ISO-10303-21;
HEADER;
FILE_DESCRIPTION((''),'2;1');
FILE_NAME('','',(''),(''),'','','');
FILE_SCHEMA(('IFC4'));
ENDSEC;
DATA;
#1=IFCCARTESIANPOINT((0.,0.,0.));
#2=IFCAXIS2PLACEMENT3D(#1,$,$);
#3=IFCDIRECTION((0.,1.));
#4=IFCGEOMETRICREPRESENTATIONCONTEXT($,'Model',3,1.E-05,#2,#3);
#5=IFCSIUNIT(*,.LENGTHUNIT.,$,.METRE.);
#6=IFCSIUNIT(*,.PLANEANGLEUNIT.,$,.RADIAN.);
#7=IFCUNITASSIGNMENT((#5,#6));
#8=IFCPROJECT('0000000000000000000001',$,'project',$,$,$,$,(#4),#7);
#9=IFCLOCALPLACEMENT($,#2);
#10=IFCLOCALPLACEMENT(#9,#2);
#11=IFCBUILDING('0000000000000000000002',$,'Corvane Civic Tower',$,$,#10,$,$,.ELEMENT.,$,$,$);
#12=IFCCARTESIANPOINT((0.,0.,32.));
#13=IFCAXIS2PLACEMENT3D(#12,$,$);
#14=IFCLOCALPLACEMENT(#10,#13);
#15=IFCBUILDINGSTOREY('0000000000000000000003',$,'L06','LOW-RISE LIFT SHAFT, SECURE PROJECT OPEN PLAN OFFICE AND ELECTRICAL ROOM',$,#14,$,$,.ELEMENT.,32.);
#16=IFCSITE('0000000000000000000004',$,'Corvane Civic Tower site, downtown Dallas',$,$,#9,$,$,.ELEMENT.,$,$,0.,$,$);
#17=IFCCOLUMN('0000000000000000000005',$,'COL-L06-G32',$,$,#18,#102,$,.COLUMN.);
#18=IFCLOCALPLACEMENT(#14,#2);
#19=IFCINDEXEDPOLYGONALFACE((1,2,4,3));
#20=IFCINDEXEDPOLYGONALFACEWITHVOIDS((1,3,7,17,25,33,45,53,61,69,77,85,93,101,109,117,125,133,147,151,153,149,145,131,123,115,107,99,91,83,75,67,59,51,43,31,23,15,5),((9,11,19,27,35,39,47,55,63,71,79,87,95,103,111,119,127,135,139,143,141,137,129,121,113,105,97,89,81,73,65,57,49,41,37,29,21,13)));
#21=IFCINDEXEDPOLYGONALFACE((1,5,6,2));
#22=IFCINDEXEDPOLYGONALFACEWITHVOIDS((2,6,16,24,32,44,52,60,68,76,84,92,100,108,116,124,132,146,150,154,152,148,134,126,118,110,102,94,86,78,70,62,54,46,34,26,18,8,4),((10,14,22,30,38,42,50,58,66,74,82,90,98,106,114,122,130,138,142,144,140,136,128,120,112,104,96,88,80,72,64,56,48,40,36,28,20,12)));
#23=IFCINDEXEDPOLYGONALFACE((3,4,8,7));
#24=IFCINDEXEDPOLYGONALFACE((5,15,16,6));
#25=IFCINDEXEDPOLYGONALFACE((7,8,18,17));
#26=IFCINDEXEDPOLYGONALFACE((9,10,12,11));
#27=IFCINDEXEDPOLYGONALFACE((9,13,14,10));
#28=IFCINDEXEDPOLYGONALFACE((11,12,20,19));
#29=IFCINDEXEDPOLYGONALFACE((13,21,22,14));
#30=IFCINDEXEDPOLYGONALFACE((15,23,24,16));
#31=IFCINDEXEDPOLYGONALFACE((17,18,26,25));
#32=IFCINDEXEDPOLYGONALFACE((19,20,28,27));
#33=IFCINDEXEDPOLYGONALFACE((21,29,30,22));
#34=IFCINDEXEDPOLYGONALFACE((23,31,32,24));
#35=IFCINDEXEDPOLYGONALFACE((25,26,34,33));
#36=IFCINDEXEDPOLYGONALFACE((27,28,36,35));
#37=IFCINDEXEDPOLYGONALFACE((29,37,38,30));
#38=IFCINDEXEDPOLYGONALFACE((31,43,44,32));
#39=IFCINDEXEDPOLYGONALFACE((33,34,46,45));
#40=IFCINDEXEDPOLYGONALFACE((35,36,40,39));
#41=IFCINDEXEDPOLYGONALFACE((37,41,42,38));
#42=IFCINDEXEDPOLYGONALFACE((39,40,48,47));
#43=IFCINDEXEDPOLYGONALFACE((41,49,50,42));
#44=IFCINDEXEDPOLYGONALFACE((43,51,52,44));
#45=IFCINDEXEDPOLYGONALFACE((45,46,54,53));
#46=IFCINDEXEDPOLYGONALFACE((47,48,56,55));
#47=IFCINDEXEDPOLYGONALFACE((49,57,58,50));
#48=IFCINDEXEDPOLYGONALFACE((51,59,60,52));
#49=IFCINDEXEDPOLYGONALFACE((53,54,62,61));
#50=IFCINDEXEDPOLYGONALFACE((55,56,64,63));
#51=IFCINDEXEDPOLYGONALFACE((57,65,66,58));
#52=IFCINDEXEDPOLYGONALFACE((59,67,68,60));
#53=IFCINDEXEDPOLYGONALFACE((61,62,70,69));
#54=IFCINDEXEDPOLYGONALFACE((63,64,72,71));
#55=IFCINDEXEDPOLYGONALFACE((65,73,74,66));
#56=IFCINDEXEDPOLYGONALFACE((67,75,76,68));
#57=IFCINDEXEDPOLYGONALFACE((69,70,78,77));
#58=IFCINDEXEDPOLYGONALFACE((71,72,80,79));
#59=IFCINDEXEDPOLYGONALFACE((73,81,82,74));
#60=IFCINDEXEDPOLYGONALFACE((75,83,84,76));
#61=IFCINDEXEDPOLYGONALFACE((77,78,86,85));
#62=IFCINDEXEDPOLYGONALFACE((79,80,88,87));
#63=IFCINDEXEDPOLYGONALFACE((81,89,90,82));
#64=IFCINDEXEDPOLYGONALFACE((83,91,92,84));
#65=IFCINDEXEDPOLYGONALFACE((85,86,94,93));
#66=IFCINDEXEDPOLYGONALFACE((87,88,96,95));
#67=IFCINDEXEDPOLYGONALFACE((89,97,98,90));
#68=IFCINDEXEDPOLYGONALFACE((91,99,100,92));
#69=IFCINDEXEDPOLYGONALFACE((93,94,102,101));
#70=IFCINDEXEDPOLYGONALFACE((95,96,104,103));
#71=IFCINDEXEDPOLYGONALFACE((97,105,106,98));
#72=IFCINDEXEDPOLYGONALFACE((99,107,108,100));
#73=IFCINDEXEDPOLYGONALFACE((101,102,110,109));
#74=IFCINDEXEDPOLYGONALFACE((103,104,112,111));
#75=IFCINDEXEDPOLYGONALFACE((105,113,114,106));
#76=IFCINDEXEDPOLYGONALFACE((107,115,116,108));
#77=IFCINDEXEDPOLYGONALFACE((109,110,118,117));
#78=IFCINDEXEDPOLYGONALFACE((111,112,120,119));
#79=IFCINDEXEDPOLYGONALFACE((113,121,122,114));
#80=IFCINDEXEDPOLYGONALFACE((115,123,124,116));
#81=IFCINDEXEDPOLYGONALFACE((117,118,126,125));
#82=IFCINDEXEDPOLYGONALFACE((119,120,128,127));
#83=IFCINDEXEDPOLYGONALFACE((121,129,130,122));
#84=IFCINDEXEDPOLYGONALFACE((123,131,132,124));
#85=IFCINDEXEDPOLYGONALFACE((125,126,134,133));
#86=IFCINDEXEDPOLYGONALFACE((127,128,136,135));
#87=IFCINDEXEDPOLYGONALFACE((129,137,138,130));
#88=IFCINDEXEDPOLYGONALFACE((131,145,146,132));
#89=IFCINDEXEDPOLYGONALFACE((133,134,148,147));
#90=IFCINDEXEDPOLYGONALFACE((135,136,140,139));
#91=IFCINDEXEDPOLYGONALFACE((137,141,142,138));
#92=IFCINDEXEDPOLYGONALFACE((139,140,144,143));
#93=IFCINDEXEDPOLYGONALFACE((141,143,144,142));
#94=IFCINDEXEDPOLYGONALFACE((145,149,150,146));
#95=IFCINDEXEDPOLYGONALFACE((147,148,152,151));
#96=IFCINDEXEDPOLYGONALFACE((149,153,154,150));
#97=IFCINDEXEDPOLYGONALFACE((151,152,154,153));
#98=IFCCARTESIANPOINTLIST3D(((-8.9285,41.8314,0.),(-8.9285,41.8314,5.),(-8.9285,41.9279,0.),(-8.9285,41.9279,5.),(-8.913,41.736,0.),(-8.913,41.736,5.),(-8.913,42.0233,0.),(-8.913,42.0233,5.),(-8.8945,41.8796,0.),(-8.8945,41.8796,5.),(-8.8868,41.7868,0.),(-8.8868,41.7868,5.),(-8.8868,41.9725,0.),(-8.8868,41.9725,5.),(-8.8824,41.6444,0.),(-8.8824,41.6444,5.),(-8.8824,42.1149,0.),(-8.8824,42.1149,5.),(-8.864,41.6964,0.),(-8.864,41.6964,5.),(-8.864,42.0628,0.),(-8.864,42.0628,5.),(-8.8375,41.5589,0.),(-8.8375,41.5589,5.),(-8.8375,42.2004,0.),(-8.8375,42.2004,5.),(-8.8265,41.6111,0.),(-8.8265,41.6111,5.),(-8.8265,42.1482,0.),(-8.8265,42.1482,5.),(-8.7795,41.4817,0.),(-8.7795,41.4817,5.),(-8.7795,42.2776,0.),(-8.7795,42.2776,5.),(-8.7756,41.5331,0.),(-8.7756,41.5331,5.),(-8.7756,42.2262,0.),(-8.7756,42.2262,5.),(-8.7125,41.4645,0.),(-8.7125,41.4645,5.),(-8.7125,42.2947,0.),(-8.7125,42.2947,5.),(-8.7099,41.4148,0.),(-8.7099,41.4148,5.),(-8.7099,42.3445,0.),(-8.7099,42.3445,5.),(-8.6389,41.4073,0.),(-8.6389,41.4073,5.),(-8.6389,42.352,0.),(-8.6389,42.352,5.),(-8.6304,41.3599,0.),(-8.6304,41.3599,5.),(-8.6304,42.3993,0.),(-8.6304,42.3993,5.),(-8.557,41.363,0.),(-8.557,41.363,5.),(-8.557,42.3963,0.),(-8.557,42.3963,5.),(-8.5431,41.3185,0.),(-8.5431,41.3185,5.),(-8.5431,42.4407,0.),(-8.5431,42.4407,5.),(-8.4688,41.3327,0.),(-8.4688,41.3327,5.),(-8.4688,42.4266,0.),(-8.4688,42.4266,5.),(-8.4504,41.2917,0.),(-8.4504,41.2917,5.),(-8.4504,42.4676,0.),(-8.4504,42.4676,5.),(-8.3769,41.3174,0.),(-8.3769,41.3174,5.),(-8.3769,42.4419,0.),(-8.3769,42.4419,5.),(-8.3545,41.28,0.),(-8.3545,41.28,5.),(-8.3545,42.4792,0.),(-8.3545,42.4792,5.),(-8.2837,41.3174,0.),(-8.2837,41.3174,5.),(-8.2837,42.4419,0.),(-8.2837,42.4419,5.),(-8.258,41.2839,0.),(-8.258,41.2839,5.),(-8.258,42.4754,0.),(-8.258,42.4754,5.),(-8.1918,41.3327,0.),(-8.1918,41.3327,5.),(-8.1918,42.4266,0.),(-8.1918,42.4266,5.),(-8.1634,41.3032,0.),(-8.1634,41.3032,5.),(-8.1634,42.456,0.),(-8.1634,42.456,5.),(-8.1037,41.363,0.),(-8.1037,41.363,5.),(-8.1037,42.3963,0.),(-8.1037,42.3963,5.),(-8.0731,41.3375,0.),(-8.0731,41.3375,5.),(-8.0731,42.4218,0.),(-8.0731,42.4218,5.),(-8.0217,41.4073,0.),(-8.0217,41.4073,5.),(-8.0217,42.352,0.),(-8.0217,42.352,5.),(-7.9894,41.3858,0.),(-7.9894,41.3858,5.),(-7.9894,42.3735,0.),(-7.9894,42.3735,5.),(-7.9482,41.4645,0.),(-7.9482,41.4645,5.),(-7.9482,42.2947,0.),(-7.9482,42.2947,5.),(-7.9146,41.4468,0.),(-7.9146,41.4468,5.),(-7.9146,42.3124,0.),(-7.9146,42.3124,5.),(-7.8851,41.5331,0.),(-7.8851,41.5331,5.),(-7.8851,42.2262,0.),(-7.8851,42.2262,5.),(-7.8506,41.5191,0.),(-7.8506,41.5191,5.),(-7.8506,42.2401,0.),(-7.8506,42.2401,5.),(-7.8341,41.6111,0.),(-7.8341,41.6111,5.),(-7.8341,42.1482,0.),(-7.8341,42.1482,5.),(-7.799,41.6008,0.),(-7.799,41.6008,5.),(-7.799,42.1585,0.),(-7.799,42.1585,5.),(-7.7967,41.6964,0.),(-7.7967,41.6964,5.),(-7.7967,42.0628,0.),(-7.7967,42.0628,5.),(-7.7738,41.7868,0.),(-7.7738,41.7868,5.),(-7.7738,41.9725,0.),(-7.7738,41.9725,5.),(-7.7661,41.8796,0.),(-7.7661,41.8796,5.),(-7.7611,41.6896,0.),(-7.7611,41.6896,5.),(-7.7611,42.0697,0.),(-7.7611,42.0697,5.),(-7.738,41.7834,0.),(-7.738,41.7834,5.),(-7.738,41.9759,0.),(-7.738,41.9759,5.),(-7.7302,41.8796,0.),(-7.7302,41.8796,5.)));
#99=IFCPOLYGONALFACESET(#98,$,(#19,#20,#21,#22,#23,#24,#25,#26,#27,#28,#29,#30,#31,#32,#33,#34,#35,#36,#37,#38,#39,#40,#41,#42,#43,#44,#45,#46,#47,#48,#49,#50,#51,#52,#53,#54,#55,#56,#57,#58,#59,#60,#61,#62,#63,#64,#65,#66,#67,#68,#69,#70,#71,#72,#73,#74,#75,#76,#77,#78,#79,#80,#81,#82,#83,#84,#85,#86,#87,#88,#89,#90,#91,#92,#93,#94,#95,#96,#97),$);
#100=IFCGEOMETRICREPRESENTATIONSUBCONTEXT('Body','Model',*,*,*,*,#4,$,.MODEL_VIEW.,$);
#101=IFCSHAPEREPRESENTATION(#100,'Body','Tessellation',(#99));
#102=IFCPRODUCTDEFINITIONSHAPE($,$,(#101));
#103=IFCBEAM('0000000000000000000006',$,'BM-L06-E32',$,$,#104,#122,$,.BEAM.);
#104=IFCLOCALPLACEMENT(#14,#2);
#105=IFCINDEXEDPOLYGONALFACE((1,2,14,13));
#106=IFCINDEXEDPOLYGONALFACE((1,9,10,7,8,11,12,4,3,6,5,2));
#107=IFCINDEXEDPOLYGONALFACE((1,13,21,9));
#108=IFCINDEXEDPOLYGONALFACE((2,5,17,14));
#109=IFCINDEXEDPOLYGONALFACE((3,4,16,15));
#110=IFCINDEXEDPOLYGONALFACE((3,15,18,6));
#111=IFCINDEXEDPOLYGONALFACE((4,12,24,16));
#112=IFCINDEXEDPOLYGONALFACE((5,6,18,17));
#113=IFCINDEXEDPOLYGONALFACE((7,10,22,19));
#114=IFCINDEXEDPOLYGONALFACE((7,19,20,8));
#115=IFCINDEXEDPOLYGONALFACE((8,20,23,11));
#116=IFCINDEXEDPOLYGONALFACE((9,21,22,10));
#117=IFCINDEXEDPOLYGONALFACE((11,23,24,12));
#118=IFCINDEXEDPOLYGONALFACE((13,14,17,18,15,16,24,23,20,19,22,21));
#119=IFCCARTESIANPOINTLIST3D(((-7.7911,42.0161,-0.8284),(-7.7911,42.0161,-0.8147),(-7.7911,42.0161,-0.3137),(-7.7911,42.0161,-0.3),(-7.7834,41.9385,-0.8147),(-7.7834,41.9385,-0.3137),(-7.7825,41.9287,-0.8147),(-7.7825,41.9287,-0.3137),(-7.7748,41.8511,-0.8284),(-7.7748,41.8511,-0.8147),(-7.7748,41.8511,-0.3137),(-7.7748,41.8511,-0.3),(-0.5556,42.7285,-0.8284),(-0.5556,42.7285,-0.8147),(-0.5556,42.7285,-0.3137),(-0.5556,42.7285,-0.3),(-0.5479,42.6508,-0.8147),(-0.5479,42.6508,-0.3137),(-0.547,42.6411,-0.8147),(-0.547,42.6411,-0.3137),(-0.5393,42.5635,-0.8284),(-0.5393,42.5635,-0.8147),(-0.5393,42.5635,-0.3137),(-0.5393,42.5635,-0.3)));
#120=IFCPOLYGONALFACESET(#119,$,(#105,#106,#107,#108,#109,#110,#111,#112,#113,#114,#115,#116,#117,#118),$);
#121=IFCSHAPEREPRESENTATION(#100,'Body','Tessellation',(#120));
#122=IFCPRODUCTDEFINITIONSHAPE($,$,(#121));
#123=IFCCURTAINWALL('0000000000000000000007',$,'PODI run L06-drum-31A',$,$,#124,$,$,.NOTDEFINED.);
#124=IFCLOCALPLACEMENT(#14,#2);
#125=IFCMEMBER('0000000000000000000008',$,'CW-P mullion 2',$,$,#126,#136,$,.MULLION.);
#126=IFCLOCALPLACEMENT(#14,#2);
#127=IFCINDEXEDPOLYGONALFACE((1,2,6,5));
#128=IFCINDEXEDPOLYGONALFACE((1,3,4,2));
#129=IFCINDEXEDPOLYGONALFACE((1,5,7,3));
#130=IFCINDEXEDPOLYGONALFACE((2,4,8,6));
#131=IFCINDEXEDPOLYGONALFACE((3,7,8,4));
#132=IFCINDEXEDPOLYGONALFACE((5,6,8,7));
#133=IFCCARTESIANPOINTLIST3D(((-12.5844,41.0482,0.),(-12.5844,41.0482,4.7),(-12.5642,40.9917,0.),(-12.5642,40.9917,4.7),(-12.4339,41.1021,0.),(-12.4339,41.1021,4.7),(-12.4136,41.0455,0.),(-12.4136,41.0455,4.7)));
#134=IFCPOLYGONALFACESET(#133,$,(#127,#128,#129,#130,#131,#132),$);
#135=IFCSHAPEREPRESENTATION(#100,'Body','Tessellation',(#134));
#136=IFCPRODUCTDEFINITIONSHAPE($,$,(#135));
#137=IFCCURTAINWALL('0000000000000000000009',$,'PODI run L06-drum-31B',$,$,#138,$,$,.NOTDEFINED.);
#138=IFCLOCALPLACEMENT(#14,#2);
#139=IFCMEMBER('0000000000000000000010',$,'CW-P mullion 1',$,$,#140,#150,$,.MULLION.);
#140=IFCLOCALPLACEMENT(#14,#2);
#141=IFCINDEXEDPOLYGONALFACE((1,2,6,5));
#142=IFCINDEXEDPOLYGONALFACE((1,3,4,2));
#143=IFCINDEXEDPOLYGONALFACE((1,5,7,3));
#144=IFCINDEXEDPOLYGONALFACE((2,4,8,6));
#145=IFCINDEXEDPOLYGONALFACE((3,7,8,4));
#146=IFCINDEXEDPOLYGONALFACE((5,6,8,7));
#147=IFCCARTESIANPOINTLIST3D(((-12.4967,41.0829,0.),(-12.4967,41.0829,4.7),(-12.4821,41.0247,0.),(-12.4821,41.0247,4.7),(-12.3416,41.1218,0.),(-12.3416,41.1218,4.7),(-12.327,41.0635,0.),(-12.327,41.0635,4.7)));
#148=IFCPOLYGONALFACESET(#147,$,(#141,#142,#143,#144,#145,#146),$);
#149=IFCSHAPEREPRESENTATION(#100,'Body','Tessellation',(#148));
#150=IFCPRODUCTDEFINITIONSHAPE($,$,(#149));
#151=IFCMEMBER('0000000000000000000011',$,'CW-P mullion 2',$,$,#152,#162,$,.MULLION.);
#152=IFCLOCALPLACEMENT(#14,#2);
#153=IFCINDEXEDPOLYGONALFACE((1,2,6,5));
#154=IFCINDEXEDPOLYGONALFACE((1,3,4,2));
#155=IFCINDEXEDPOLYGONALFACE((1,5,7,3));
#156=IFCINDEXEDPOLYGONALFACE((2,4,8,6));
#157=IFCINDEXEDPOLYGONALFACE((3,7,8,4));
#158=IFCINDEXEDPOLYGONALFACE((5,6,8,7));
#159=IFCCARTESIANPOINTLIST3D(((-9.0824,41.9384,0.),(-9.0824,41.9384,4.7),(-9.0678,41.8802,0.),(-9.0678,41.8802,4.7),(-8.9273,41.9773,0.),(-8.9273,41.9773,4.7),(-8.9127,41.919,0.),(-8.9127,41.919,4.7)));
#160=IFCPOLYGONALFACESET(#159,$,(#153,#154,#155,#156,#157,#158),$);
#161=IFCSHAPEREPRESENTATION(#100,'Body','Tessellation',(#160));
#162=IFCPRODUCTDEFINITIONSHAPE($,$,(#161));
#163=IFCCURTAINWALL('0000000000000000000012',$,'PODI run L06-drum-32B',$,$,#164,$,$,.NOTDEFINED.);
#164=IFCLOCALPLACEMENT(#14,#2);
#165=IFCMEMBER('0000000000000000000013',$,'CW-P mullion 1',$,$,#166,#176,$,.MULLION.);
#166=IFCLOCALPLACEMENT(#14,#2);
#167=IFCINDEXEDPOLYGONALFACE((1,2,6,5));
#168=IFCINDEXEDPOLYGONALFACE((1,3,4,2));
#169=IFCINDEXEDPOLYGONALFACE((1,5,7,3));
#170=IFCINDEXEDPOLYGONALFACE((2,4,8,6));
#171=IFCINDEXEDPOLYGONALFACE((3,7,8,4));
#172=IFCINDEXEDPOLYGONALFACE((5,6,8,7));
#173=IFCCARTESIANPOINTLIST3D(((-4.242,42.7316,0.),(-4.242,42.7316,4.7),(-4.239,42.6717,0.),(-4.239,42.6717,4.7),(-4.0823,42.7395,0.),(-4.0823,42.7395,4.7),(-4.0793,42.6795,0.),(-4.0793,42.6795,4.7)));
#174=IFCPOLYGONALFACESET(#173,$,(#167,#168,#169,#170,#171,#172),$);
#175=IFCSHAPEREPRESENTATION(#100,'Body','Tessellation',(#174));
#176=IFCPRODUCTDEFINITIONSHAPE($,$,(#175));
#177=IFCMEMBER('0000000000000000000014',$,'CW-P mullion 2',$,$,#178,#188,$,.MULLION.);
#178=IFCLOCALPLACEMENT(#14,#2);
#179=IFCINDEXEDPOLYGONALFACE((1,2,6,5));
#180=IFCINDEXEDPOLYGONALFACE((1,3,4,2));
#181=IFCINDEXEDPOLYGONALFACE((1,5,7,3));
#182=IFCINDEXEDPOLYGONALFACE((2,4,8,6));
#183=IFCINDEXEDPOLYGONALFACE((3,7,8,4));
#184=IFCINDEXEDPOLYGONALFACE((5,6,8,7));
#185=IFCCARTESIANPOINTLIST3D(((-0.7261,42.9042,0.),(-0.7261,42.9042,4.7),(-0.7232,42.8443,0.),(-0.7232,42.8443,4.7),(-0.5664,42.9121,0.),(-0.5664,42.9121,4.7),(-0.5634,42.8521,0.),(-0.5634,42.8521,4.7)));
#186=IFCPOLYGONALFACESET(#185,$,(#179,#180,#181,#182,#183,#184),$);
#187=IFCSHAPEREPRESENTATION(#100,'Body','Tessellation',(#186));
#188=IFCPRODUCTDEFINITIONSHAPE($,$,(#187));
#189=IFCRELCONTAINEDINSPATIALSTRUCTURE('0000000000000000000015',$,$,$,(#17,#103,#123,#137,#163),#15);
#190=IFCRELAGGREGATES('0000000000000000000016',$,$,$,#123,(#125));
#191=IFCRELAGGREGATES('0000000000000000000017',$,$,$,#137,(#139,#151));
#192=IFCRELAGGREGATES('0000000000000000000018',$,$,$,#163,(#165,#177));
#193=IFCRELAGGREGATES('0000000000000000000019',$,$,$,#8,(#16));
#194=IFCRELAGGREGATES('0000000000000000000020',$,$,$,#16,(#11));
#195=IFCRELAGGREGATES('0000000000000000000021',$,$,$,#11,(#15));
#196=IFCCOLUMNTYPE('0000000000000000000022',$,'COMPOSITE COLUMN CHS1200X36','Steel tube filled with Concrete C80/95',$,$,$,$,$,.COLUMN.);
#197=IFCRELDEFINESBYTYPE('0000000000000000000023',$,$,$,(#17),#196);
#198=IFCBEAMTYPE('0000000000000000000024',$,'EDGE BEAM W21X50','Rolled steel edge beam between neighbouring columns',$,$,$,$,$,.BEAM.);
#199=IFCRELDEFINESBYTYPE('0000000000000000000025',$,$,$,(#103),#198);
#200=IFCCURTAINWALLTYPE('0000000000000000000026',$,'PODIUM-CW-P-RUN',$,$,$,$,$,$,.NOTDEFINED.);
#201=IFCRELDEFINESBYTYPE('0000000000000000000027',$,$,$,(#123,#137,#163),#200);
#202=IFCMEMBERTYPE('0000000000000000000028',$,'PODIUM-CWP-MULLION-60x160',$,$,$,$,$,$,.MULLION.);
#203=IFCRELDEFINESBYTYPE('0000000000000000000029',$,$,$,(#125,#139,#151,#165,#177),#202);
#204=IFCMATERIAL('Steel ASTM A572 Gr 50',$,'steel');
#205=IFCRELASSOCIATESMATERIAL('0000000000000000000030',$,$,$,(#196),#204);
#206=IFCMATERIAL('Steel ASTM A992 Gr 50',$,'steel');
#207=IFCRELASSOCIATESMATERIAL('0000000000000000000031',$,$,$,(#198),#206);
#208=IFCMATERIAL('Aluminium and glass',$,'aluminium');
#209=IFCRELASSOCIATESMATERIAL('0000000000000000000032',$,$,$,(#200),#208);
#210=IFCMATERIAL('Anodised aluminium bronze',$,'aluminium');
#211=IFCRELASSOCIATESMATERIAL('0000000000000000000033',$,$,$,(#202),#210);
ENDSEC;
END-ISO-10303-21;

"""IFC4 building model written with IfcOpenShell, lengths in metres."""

from ifc_helpers import new_model, si_unit, direction, frame, origin, origin_2d, place, context, subcontext, project, spatial, rectangle, hollow_circle, i_section, extrude, material, material_profile, profile_set, type_object, element, aggregate, save


model = new_model("IFC4")

# Units and contexts
model_context = context("Model", 3, precision=1e-05, world=origin(), true_north=direction((0.0, 1.0)))
body_context = subcontext(model_context, "Body", "Model", "MODEL_VIEW")
ifc_project = project(units=[si_unit("LENGTHUNIT", "METRE"), si_unit("PLANEANGLEUNIT", "RADIAN")], contexts=[model_context])

# Site, building, storey
site_placement = place(None, origin())
site = spatial("IfcSite", under=ifc_project, at=site_placement, Name="Corvane Civic Tower site, downtown Dallas", CompositionType="ELEMENT", RefElevation=0.0)
building_placement = place(site_placement, origin())
building = spatial("IfcBuilding", under=site, at=building_placement, Name="Corvane Civic Tower", CompositionType="ELEMENT")
storey_placement = place(building_placement, frame((0.0, 0.0, 32.0)))
storey = spatial("IfcBuildingStorey", under=building, at=storey_placement, Name="L06", Description="LOW-RISE LIFT SHAFT, SECURE PROJECT OPEN PLAN OFFICE AND ELECTRICAL ROOM", CompositionType="ELEMENT", Elevation=32.0)

# Column
ifc_material_1 = material(Name="Steel ASTM A572 Gr 50", Category="steel")
ifc_material_profile_1 = material_profile(ifc_material_1, hollow_circle(Radius=0.6001, WallThickness=0.0359, at=origin_2d()), Name="CHS1200X36")
ifc_profile_set_1 = profile_set([ifc_material_profile_1], Name="Steel ASTM A572 Gr 50")
column_type = type_object("IfcColumnType", Name="COMPOSITE COLUMN CHS1200X36", Description="Steel tube filled with Concrete C80/95", PredefinedType="COLUMN", material=ifc_profile_set_1)
column_placement = place(storey_placement, frame((-8.3303, 41.8796, 0.0), z_axis=(0.0, 0.0, 1.0), x_axis=(1.0, 0.0, 0.0)))
element("IfcColumn", 1, at=column_placement, inside=storey, type_object=column_type, Name="COL-L06-G32", PredefinedType="COLUMN", context=body_context, shape_type="SweptSolid", body=[
    extrude(hollow_circle(Radius=0.6001, WallThickness=0.0359, at=origin_2d()), origin(), (0.0, 0.0, 1.0), 5.0),
])

# Beam
ifc_material_2 = material(Name="Steel ASTM A992 Gr 50", Category="steel")
ifc_material_profile_2 = material_profile(ifc_material_2, i_section(OverallWidth=0.1658, OverallDepth=0.5283, WebThickness=0.0098, FlangeThickness=0.0137, at=origin_2d()), Name="W21X50")
ifc_profile_set_2 = profile_set([ifc_material_profile_2], Name="Steel ASTM A992 Gr 50")
beam_type = type_object("IfcBeamType", Name="EDGE BEAM W21X50", Description="Rolled steel edge beam between neighbouring columns", PredefinedType="BEAM", material=ifc_profile_set_2)
beam_placement = place(storey_placement, frame((-7.783, 41.9336, -0.5642), z_axis=(0.995188, 0.097984, 0.0), x_axis=(-0.097984, 0.995188, 0.0)))
element("IfcBeam", 2, at=beam_placement, inside=storey, type_object=beam_type, Name="BM-L06-E32", PredefinedType="BEAM", context=body_context, shape_type="SweptSolid", body=[
    extrude(i_section(OverallWidth=0.1658, OverallDepth=0.5283, WebThickness=0.0098, FlangeThickness=0.0137, at=origin_2d()), origin(), (0.0, 0.0, 1.0), 7.2705),
])

# Curtain wall, member
ifc_material_3 = material(Name="Aluminium and glass", Category="aluminium")
curtain_wall_type = type_object("IfcCurtainWallType", Name="PODIUM-CW-P-RUN", PredefinedType="NOTDEFINED", material=ifc_material_3)
curtain_wall_1_placement = place(storey_placement, origin())
curtain_wall_1 = element("IfcCurtainWall", 3, at=curtain_wall_1_placement, inside=storey, type_object=curtain_wall_type, Name="PODI run L06-drum-31A", PredefinedType="NOTDEFINED")
ifc_material_4 = material(Name="Anodised aluminium bronze", Category="aluminium")
ifc_material_profile_3 = material_profile(ifc_material_4, rectangle(XDim=0.0601, YDim=0.1599, at=origin_2d()), Name="AL 60x160")
ifc_profile_set_3 = profile_set([ifc_material_profile_3], Name="Anodised aluminium bronze")
member_type_1 = type_object("IfcMemberType", Name="PODIUM-CWP-MULLION-60x160", PredefinedType="MULLION", material=ifc_profile_set_3)
member_1_placement = place(storey_placement, frame((-12.499, 41.0469, 0.0), z_axis=(0.0, 0.0, 1.0), x_axis=(-0.336919, 0.941534, 0.0)))
member_1 = element("IfcMember", 4, at=member_1_placement, type_object=member_type_1, Name="CW-P mullion 2", PredefinedType="MULLION", context=body_context, shape_type="SweptSolid", body=[
    extrude(rectangle(XDim=0.0601, YDim=0.1599, at=origin_2d()), origin(), (0.0, 0.0, 1.0), 4.7),
])

# Curtain walls, members
curtain_wall_2_placement = place(storey_placement, origin())
curtain_wall_2 = element("IfcCurtainWall", 5, at=curtain_wall_2_placement, inside=storey, type_object=curtain_wall_type, Name="PODI run L06-drum-31B", PredefinedType="NOTDEFINED")
member_2_placement = place(storey_placement, frame((-12.4119, 41.0732, 0.0), z_axis=(0.0, 0.0, 1.0), x_axis=(-0.243009, 0.970024, 0.0)))
member_2 = element("IfcMember", 6, at=member_2_placement, type_object=member_type_1, Name="CW-P mullion 1", PredefinedType="MULLION", context=body_context, shape_type="SweptSolid", body=[
    extrude(rectangle(XDim=0.0601, YDim=0.1599, at=origin_2d()), origin(), (0.0, 0.0, 1.0), 4.7),
])
member_3_placement = place(storey_placement, frame((-8.9976, 41.9287, 0.0), z_axis=(0.0, 0.0, 1.0), x_axis=(-0.243009, 0.970024, 0.0)))
member_3 = element("IfcMember", 7, at=member_3_placement, type_object=member_type_1, Name="CW-P mullion 2", PredefinedType="MULLION", context=body_context, shape_type="SweptSolid", body=[
    extrude(rectangle(XDim=0.0601, YDim=0.1599, at=origin_2d()), origin(), (0.0, 0.0, 1.0), 4.7),
])
curtain_wall_3_placement = place(storey_placement, origin())
curtain_wall_3 = element("IfcCurtainWall", 8, at=curtain_wall_3_placement, inside=storey, type_object=curtain_wall_type, Name="PODI run L06-drum-32B", PredefinedType="NOTDEFINED")
member_4_placement = place(storey_placement, frame((-4.1606, 42.7056, 0.0), z_axis=(0.0, 0.0, 1.0), x_axis=(-0.04905, 0.998796, 0.0)))
member_4 = element("IfcMember", 9, at=member_4_placement, type_object=member_type_1, Name="CW-P mullion 1", PredefinedType="MULLION", context=body_context, shape_type="SweptSolid", body=[
    extrude(rectangle(XDim=0.0601, YDim=0.1599, at=origin_2d()), origin(), (0.0, 0.0, 1.0), 4.7),
])
member_5_placement = place(storey_placement, frame((-0.6448, 42.8782, 0.0), z_axis=(0.0, 0.0, 1.0), x_axis=(-0.04905, 0.998796, 0.0)))
member_5 = element("IfcMember", 10, at=member_5_placement, type_object=member_type_1, Name="CW-P mullion 2", PredefinedType="MULLION", context=body_context, shape_type="SweptSolid", body=[
    extrude(rectangle(XDim=0.0601, YDim=0.1599, at=origin_2d()), origin(), (0.0, 0.0, 1.0), 4.7),
])

aggregate(curtain_wall_1, [member_1])
aggregate(curtain_wall_2, [member_2, member_3])
aggregate(curtain_wall_3, [member_4, member_5])

save(model, "model.ifc")
